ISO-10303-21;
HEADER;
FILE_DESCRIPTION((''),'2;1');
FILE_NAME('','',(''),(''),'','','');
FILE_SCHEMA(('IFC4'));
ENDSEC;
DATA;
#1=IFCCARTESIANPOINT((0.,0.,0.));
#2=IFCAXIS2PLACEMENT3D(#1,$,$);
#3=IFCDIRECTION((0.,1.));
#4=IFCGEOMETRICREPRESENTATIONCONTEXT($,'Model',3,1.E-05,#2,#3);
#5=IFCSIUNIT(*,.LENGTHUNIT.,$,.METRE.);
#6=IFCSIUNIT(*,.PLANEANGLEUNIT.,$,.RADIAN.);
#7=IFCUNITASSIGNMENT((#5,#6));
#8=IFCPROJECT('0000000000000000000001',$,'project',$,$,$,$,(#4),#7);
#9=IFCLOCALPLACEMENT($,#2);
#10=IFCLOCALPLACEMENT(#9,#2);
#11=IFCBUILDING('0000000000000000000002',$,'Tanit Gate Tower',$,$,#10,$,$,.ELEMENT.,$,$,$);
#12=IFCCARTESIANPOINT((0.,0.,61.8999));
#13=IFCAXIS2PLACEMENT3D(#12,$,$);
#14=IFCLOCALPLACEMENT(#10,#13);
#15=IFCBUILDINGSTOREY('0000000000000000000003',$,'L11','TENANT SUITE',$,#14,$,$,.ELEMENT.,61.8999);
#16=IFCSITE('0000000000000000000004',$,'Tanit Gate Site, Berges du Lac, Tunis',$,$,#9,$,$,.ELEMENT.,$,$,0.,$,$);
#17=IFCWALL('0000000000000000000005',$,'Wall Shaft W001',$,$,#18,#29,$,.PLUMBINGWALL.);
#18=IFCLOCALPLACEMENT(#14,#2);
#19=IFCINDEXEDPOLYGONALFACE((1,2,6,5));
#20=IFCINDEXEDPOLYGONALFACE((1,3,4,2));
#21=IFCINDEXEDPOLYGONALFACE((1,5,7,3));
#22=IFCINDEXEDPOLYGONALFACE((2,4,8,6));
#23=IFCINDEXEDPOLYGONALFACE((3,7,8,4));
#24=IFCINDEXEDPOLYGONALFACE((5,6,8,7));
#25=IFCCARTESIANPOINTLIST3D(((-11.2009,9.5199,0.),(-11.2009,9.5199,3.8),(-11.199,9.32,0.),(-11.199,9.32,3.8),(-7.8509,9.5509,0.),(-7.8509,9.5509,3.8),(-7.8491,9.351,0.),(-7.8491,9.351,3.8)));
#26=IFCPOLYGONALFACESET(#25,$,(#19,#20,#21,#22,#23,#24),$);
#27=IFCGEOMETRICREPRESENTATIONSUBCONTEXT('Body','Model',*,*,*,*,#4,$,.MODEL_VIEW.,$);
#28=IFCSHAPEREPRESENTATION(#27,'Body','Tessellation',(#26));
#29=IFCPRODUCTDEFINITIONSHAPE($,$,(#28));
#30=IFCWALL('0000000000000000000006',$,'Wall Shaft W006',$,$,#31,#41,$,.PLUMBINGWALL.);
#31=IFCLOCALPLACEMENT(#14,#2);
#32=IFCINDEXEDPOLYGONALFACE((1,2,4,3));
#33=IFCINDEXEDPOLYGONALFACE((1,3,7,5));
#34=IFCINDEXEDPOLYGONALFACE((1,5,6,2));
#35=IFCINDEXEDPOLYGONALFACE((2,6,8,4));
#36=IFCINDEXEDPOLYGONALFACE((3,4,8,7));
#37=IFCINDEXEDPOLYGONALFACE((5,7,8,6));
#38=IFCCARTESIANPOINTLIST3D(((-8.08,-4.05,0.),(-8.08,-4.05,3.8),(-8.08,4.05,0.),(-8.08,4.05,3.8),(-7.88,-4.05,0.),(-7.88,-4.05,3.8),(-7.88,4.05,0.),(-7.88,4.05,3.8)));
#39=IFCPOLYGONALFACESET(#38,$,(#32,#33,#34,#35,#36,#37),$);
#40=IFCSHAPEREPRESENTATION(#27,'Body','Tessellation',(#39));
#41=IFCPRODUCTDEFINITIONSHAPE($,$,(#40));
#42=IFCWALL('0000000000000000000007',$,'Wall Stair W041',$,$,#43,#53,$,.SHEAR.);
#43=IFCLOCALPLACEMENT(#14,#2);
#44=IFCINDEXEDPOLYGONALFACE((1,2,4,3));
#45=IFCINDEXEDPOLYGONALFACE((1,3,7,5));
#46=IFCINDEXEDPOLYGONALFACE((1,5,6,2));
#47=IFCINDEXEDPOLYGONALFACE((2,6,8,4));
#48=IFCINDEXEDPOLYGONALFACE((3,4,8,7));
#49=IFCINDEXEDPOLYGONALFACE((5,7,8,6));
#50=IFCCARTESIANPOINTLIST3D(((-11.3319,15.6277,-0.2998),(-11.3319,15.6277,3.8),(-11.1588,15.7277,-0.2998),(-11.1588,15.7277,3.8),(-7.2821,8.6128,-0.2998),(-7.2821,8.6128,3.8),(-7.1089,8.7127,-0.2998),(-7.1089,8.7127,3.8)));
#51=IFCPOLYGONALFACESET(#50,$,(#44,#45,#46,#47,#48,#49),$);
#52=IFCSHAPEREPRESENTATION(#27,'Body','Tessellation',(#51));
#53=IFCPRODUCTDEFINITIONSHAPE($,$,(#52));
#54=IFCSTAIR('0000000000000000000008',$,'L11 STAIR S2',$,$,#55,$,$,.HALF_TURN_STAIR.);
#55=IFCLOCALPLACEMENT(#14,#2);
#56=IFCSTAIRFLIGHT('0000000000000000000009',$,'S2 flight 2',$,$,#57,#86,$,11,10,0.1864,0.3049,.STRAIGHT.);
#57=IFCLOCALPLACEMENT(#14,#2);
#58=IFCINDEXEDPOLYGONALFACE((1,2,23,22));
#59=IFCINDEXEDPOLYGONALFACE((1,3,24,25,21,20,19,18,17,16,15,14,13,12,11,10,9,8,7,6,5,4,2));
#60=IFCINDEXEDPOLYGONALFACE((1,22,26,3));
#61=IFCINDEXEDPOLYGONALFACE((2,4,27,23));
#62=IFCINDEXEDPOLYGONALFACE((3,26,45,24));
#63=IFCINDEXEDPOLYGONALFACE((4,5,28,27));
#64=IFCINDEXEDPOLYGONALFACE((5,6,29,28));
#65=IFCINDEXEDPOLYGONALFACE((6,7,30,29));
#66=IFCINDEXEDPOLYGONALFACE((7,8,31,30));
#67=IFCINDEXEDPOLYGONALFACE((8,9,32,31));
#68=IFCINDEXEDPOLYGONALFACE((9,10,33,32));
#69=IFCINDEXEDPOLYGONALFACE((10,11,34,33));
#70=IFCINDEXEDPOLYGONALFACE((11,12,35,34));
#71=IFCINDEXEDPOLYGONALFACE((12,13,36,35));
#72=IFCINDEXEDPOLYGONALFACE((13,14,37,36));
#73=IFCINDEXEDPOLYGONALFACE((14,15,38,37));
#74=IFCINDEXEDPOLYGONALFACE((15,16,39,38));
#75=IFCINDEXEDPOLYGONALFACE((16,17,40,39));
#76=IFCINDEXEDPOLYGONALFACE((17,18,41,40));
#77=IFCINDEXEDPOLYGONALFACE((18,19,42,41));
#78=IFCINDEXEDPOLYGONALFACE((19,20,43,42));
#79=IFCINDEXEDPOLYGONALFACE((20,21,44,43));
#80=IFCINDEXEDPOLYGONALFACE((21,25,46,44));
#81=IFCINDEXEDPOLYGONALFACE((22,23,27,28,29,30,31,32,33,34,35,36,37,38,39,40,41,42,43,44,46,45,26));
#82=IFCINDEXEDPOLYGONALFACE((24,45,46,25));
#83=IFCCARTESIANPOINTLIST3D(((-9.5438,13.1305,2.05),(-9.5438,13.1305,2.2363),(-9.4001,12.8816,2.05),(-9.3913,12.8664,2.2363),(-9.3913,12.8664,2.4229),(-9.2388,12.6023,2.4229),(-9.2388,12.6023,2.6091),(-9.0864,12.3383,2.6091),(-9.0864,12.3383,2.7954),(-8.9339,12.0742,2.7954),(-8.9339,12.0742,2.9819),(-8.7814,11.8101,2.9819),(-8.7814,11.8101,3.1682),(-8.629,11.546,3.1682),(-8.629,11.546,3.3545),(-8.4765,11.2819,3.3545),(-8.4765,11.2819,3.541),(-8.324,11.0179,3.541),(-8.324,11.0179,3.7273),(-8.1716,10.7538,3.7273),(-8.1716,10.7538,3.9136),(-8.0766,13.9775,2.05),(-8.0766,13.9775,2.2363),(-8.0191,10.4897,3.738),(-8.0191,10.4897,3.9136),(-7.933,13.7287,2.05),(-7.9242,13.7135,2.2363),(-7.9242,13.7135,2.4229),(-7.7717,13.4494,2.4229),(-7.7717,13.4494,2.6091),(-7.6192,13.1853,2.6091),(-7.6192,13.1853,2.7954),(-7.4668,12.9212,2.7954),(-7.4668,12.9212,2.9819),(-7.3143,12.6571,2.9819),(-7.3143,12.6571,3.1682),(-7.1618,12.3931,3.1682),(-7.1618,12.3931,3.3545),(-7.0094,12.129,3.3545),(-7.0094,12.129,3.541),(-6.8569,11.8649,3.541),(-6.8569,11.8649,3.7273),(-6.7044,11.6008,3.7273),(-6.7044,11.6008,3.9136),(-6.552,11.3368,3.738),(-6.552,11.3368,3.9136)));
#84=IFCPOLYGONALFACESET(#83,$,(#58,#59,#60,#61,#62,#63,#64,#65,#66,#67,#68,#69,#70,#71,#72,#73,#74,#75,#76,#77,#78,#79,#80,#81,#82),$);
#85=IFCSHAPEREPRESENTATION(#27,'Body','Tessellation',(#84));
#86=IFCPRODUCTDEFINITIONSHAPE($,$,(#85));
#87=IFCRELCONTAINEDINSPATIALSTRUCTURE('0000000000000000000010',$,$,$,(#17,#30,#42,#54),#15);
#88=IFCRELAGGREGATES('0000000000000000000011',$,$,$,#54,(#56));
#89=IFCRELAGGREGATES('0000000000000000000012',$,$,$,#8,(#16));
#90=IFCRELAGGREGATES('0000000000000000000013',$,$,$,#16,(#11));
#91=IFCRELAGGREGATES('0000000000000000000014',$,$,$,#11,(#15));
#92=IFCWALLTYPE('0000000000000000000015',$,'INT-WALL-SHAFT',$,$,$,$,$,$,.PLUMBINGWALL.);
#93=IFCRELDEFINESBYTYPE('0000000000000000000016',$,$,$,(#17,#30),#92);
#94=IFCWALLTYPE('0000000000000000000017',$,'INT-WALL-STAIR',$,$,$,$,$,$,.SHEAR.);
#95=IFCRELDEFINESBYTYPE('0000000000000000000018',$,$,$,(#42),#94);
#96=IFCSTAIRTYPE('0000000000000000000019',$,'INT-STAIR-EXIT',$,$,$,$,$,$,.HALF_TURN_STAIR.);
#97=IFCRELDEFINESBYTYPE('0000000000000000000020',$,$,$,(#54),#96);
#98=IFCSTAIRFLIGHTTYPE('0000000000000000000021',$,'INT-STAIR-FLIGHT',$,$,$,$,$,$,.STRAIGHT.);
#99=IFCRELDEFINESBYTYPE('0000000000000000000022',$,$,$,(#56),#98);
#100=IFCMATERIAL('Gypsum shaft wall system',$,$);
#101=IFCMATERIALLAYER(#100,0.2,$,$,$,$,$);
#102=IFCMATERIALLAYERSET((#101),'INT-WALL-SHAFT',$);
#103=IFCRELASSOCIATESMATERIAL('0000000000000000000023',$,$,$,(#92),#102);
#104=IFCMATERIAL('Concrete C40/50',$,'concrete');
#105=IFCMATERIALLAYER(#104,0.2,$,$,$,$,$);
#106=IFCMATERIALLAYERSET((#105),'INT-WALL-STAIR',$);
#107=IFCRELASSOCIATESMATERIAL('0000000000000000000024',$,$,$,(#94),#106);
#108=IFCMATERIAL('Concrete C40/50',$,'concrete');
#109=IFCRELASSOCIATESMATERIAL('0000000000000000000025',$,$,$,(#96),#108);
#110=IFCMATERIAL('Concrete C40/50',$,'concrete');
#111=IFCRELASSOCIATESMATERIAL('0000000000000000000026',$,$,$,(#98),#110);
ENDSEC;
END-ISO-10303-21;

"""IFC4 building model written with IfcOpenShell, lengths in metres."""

from ifc_helpers import new_model, si_unit, direction, frame, frame_2d, origin, place, context, subcontext, project, spatial, polyline, rectangle, outline, extrude, material, layer, layer_set, type_object, element, aggregate, save


model = new_model("IFC4")

# Units and contexts
model_context = context("Model", 3, precision=1e-05, world=origin(), true_north=direction((0.0, 1.0)))
body_context = subcontext(model_context, "Body", "Model", "MODEL_VIEW")
ifc_project = project(units=[si_unit("LENGTHUNIT", "METRE"), si_unit("PLANEANGLEUNIT", "RADIAN")], contexts=[model_context])

# Site, building, storey
site_placement = place(None, origin())
site = spatial("IfcSite", under=ifc_project, at=site_placement, Name="Tanit Gate Site, Berges du Lac, Tunis", CompositionType="ELEMENT", RefElevation=0.0)
building_placement = place(site_placement, origin())
building = spatial("IfcBuilding", under=site, at=building_placement, Name="Tanit Gate Tower", CompositionType="ELEMENT")
storey_placement = place(building_placement, frame((0.0, 0.0, 61.8999)))
storey = spatial("IfcBuildingStorey", under=building, at=storey_placement, Name="L11", Description="TENANT SUITE", CompositionType="ELEMENT", Elevation=61.8999)

# Walls
ifc_material_1 = material(Name="Gypsum shaft wall system")
ifc_layer_1 = layer(ifc_material_1, 0.2)
ifc_layer_set_1 = layer_set([ifc_layer_1], Name="INT-WALL-SHAFT")
wall_type_1 = type_object("IfcWallType", Name="INT-WALL-SHAFT", PredefinedType="PLUMBINGWALL", material=ifc_layer_set_1)
wall_1_placement = place(storey_placement, frame((-11.2, 9.4199, 0.0), z_axis=(0.0, 0.0, 1.0), x_axis=(0.999957, 0.009255, 0.0)))
element("IfcWall", 1, at=wall_1_placement, inside=storey, type_object=wall_type_1, Name="Wall Shaft W001", PredefinedType="PLUMBINGWALL", context=body_context, shape_type="SweptSolid", body=[
    extrude(rectangle(XDim=3.3501, YDim=0.2, at=frame_2d((1.675, 0.0))), origin(), (0.0, 0.0, 1.0), 3.8),
])
wall_2_placement = place(storey_placement, frame((-7.98, 4.05, 0.0), z_axis=(0.0, 0.0, 1.0), x_axis=(0.0, -1.0, 0.0)))
element("IfcWall", 2, at=wall_2_placement, inside=storey, type_object=wall_type_1, Name="Wall Shaft W006", PredefinedType="PLUMBINGWALL", context=body_context, shape_type="SweptSolid", body=[
    extrude(rectangle(XDim=8.1001, YDim=0.2, at=frame_2d((4.05, 0.0))), origin(), (0.0, 0.0, 1.0), 3.8),
])
ifc_material_2 = material(Name="Concrete C40/50", Category="concrete")
ifc_layer_2 = layer(ifc_material_2, 0.2)
ifc_layer_set_2 = layer_set([ifc_layer_2], Name="INT-WALL-STAIR")
wall_type_2 = type_object("IfcWallType", Name="INT-WALL-STAIR", PredefinedType="SHEAR", material=ifc_layer_set_2)
wall_3_placement = place(storey_placement, frame((-11.2454, 15.6777, -0.2998), z_axis=(0.0, 0.0, 1.0), x_axis=(0.499977, -0.866039, 0.0)))
element("IfcWall", 3, at=wall_3_placement, inside=storey, type_object=wall_type_2, Name="Wall Stair W041", PredefinedType="SHEAR", context=body_context, shape_type="SweptSolid", body=[
    extrude(rectangle(XDim=8.1001, YDim=0.2, at=frame_2d((4.05, 0.0))), origin(), (0.0, 0.0, 1.0), 4.0999),
])

# Stair, stair flight
ifc_material_3 = material(Name="Concrete C40/50", Category="concrete")
stair_type = type_object("IfcStairType", Name="INT-STAIR-EXIT", PredefinedType="HALF_TURN_STAIR", material=ifc_material_3)
stair_placement = place(storey_placement, origin())
stair = element("IfcStair", 4, at=stair_placement, inside=storey, type_object=stair_type, Name="L11 STAIR S2", PredefinedType="HALF_TURN_STAIR")
ifc_material_4 = material(Name="Concrete C40/50", Category="concrete")
stair_flight_type = type_object("IfcStairFlightType", Name="INT-STAIR-FLIGHT", PredefinedType="STRAIGHT", material=ifc_material_4)
stair_flight_placement = place(storey_placement, frame((-8.8103, 13.554, 2.05), z_axis=(0.0, 0.0, 1.0), x_axis=(0.5, -0.866025, 0.0)))
stair_flight = element("IfcStairFlight", 5, at=stair_flight_placement, type_object=stair_flight_type, Name="S2 flight 2", NumberOfRisers=11, NumberOfTreads=10, PredefinedType="STRAIGHT", RiserHeight=0.1864, TreadLength=0.3049, context=body_context, shape_type="SweptSolid", body=[
    extrude(outline(polyline([(0.0, 0.0), (0.0, 0.1863), (0.3049, 0.1863), (0.3049, 0.3728), (0.6099, 0.3728), (0.6099, 0.5591), (0.9148, 0.5591), (0.9148, 0.7454), (1.2197, 0.7454), (1.2197, 0.9319), (1.5247, 0.9319), (1.5247, 1.1182), (1.8296, 1.1182), (1.8296, 1.3044), (2.1345, 1.3044), (2.1345, 1.491), (2.4395, 1.491), (2.4395, 1.6772), (2.7444, 1.6772), (2.7444, 1.8635), (3.0493, 1.8635), (3.0493, 2.05), (3.0493, 1.688), (0.2874, 0.0), (0.0, 0.0)])), frame((0.0, 0.8472, 0.0), z_axis=(0.0, -1.0, 0.0), x_axis=(1.0, 0.0, 0.0)), (0.0, 0.0, 1.0), 1.6941),
])
aggregate(stair, [stair_flight])

save(model, "model.ifc")
